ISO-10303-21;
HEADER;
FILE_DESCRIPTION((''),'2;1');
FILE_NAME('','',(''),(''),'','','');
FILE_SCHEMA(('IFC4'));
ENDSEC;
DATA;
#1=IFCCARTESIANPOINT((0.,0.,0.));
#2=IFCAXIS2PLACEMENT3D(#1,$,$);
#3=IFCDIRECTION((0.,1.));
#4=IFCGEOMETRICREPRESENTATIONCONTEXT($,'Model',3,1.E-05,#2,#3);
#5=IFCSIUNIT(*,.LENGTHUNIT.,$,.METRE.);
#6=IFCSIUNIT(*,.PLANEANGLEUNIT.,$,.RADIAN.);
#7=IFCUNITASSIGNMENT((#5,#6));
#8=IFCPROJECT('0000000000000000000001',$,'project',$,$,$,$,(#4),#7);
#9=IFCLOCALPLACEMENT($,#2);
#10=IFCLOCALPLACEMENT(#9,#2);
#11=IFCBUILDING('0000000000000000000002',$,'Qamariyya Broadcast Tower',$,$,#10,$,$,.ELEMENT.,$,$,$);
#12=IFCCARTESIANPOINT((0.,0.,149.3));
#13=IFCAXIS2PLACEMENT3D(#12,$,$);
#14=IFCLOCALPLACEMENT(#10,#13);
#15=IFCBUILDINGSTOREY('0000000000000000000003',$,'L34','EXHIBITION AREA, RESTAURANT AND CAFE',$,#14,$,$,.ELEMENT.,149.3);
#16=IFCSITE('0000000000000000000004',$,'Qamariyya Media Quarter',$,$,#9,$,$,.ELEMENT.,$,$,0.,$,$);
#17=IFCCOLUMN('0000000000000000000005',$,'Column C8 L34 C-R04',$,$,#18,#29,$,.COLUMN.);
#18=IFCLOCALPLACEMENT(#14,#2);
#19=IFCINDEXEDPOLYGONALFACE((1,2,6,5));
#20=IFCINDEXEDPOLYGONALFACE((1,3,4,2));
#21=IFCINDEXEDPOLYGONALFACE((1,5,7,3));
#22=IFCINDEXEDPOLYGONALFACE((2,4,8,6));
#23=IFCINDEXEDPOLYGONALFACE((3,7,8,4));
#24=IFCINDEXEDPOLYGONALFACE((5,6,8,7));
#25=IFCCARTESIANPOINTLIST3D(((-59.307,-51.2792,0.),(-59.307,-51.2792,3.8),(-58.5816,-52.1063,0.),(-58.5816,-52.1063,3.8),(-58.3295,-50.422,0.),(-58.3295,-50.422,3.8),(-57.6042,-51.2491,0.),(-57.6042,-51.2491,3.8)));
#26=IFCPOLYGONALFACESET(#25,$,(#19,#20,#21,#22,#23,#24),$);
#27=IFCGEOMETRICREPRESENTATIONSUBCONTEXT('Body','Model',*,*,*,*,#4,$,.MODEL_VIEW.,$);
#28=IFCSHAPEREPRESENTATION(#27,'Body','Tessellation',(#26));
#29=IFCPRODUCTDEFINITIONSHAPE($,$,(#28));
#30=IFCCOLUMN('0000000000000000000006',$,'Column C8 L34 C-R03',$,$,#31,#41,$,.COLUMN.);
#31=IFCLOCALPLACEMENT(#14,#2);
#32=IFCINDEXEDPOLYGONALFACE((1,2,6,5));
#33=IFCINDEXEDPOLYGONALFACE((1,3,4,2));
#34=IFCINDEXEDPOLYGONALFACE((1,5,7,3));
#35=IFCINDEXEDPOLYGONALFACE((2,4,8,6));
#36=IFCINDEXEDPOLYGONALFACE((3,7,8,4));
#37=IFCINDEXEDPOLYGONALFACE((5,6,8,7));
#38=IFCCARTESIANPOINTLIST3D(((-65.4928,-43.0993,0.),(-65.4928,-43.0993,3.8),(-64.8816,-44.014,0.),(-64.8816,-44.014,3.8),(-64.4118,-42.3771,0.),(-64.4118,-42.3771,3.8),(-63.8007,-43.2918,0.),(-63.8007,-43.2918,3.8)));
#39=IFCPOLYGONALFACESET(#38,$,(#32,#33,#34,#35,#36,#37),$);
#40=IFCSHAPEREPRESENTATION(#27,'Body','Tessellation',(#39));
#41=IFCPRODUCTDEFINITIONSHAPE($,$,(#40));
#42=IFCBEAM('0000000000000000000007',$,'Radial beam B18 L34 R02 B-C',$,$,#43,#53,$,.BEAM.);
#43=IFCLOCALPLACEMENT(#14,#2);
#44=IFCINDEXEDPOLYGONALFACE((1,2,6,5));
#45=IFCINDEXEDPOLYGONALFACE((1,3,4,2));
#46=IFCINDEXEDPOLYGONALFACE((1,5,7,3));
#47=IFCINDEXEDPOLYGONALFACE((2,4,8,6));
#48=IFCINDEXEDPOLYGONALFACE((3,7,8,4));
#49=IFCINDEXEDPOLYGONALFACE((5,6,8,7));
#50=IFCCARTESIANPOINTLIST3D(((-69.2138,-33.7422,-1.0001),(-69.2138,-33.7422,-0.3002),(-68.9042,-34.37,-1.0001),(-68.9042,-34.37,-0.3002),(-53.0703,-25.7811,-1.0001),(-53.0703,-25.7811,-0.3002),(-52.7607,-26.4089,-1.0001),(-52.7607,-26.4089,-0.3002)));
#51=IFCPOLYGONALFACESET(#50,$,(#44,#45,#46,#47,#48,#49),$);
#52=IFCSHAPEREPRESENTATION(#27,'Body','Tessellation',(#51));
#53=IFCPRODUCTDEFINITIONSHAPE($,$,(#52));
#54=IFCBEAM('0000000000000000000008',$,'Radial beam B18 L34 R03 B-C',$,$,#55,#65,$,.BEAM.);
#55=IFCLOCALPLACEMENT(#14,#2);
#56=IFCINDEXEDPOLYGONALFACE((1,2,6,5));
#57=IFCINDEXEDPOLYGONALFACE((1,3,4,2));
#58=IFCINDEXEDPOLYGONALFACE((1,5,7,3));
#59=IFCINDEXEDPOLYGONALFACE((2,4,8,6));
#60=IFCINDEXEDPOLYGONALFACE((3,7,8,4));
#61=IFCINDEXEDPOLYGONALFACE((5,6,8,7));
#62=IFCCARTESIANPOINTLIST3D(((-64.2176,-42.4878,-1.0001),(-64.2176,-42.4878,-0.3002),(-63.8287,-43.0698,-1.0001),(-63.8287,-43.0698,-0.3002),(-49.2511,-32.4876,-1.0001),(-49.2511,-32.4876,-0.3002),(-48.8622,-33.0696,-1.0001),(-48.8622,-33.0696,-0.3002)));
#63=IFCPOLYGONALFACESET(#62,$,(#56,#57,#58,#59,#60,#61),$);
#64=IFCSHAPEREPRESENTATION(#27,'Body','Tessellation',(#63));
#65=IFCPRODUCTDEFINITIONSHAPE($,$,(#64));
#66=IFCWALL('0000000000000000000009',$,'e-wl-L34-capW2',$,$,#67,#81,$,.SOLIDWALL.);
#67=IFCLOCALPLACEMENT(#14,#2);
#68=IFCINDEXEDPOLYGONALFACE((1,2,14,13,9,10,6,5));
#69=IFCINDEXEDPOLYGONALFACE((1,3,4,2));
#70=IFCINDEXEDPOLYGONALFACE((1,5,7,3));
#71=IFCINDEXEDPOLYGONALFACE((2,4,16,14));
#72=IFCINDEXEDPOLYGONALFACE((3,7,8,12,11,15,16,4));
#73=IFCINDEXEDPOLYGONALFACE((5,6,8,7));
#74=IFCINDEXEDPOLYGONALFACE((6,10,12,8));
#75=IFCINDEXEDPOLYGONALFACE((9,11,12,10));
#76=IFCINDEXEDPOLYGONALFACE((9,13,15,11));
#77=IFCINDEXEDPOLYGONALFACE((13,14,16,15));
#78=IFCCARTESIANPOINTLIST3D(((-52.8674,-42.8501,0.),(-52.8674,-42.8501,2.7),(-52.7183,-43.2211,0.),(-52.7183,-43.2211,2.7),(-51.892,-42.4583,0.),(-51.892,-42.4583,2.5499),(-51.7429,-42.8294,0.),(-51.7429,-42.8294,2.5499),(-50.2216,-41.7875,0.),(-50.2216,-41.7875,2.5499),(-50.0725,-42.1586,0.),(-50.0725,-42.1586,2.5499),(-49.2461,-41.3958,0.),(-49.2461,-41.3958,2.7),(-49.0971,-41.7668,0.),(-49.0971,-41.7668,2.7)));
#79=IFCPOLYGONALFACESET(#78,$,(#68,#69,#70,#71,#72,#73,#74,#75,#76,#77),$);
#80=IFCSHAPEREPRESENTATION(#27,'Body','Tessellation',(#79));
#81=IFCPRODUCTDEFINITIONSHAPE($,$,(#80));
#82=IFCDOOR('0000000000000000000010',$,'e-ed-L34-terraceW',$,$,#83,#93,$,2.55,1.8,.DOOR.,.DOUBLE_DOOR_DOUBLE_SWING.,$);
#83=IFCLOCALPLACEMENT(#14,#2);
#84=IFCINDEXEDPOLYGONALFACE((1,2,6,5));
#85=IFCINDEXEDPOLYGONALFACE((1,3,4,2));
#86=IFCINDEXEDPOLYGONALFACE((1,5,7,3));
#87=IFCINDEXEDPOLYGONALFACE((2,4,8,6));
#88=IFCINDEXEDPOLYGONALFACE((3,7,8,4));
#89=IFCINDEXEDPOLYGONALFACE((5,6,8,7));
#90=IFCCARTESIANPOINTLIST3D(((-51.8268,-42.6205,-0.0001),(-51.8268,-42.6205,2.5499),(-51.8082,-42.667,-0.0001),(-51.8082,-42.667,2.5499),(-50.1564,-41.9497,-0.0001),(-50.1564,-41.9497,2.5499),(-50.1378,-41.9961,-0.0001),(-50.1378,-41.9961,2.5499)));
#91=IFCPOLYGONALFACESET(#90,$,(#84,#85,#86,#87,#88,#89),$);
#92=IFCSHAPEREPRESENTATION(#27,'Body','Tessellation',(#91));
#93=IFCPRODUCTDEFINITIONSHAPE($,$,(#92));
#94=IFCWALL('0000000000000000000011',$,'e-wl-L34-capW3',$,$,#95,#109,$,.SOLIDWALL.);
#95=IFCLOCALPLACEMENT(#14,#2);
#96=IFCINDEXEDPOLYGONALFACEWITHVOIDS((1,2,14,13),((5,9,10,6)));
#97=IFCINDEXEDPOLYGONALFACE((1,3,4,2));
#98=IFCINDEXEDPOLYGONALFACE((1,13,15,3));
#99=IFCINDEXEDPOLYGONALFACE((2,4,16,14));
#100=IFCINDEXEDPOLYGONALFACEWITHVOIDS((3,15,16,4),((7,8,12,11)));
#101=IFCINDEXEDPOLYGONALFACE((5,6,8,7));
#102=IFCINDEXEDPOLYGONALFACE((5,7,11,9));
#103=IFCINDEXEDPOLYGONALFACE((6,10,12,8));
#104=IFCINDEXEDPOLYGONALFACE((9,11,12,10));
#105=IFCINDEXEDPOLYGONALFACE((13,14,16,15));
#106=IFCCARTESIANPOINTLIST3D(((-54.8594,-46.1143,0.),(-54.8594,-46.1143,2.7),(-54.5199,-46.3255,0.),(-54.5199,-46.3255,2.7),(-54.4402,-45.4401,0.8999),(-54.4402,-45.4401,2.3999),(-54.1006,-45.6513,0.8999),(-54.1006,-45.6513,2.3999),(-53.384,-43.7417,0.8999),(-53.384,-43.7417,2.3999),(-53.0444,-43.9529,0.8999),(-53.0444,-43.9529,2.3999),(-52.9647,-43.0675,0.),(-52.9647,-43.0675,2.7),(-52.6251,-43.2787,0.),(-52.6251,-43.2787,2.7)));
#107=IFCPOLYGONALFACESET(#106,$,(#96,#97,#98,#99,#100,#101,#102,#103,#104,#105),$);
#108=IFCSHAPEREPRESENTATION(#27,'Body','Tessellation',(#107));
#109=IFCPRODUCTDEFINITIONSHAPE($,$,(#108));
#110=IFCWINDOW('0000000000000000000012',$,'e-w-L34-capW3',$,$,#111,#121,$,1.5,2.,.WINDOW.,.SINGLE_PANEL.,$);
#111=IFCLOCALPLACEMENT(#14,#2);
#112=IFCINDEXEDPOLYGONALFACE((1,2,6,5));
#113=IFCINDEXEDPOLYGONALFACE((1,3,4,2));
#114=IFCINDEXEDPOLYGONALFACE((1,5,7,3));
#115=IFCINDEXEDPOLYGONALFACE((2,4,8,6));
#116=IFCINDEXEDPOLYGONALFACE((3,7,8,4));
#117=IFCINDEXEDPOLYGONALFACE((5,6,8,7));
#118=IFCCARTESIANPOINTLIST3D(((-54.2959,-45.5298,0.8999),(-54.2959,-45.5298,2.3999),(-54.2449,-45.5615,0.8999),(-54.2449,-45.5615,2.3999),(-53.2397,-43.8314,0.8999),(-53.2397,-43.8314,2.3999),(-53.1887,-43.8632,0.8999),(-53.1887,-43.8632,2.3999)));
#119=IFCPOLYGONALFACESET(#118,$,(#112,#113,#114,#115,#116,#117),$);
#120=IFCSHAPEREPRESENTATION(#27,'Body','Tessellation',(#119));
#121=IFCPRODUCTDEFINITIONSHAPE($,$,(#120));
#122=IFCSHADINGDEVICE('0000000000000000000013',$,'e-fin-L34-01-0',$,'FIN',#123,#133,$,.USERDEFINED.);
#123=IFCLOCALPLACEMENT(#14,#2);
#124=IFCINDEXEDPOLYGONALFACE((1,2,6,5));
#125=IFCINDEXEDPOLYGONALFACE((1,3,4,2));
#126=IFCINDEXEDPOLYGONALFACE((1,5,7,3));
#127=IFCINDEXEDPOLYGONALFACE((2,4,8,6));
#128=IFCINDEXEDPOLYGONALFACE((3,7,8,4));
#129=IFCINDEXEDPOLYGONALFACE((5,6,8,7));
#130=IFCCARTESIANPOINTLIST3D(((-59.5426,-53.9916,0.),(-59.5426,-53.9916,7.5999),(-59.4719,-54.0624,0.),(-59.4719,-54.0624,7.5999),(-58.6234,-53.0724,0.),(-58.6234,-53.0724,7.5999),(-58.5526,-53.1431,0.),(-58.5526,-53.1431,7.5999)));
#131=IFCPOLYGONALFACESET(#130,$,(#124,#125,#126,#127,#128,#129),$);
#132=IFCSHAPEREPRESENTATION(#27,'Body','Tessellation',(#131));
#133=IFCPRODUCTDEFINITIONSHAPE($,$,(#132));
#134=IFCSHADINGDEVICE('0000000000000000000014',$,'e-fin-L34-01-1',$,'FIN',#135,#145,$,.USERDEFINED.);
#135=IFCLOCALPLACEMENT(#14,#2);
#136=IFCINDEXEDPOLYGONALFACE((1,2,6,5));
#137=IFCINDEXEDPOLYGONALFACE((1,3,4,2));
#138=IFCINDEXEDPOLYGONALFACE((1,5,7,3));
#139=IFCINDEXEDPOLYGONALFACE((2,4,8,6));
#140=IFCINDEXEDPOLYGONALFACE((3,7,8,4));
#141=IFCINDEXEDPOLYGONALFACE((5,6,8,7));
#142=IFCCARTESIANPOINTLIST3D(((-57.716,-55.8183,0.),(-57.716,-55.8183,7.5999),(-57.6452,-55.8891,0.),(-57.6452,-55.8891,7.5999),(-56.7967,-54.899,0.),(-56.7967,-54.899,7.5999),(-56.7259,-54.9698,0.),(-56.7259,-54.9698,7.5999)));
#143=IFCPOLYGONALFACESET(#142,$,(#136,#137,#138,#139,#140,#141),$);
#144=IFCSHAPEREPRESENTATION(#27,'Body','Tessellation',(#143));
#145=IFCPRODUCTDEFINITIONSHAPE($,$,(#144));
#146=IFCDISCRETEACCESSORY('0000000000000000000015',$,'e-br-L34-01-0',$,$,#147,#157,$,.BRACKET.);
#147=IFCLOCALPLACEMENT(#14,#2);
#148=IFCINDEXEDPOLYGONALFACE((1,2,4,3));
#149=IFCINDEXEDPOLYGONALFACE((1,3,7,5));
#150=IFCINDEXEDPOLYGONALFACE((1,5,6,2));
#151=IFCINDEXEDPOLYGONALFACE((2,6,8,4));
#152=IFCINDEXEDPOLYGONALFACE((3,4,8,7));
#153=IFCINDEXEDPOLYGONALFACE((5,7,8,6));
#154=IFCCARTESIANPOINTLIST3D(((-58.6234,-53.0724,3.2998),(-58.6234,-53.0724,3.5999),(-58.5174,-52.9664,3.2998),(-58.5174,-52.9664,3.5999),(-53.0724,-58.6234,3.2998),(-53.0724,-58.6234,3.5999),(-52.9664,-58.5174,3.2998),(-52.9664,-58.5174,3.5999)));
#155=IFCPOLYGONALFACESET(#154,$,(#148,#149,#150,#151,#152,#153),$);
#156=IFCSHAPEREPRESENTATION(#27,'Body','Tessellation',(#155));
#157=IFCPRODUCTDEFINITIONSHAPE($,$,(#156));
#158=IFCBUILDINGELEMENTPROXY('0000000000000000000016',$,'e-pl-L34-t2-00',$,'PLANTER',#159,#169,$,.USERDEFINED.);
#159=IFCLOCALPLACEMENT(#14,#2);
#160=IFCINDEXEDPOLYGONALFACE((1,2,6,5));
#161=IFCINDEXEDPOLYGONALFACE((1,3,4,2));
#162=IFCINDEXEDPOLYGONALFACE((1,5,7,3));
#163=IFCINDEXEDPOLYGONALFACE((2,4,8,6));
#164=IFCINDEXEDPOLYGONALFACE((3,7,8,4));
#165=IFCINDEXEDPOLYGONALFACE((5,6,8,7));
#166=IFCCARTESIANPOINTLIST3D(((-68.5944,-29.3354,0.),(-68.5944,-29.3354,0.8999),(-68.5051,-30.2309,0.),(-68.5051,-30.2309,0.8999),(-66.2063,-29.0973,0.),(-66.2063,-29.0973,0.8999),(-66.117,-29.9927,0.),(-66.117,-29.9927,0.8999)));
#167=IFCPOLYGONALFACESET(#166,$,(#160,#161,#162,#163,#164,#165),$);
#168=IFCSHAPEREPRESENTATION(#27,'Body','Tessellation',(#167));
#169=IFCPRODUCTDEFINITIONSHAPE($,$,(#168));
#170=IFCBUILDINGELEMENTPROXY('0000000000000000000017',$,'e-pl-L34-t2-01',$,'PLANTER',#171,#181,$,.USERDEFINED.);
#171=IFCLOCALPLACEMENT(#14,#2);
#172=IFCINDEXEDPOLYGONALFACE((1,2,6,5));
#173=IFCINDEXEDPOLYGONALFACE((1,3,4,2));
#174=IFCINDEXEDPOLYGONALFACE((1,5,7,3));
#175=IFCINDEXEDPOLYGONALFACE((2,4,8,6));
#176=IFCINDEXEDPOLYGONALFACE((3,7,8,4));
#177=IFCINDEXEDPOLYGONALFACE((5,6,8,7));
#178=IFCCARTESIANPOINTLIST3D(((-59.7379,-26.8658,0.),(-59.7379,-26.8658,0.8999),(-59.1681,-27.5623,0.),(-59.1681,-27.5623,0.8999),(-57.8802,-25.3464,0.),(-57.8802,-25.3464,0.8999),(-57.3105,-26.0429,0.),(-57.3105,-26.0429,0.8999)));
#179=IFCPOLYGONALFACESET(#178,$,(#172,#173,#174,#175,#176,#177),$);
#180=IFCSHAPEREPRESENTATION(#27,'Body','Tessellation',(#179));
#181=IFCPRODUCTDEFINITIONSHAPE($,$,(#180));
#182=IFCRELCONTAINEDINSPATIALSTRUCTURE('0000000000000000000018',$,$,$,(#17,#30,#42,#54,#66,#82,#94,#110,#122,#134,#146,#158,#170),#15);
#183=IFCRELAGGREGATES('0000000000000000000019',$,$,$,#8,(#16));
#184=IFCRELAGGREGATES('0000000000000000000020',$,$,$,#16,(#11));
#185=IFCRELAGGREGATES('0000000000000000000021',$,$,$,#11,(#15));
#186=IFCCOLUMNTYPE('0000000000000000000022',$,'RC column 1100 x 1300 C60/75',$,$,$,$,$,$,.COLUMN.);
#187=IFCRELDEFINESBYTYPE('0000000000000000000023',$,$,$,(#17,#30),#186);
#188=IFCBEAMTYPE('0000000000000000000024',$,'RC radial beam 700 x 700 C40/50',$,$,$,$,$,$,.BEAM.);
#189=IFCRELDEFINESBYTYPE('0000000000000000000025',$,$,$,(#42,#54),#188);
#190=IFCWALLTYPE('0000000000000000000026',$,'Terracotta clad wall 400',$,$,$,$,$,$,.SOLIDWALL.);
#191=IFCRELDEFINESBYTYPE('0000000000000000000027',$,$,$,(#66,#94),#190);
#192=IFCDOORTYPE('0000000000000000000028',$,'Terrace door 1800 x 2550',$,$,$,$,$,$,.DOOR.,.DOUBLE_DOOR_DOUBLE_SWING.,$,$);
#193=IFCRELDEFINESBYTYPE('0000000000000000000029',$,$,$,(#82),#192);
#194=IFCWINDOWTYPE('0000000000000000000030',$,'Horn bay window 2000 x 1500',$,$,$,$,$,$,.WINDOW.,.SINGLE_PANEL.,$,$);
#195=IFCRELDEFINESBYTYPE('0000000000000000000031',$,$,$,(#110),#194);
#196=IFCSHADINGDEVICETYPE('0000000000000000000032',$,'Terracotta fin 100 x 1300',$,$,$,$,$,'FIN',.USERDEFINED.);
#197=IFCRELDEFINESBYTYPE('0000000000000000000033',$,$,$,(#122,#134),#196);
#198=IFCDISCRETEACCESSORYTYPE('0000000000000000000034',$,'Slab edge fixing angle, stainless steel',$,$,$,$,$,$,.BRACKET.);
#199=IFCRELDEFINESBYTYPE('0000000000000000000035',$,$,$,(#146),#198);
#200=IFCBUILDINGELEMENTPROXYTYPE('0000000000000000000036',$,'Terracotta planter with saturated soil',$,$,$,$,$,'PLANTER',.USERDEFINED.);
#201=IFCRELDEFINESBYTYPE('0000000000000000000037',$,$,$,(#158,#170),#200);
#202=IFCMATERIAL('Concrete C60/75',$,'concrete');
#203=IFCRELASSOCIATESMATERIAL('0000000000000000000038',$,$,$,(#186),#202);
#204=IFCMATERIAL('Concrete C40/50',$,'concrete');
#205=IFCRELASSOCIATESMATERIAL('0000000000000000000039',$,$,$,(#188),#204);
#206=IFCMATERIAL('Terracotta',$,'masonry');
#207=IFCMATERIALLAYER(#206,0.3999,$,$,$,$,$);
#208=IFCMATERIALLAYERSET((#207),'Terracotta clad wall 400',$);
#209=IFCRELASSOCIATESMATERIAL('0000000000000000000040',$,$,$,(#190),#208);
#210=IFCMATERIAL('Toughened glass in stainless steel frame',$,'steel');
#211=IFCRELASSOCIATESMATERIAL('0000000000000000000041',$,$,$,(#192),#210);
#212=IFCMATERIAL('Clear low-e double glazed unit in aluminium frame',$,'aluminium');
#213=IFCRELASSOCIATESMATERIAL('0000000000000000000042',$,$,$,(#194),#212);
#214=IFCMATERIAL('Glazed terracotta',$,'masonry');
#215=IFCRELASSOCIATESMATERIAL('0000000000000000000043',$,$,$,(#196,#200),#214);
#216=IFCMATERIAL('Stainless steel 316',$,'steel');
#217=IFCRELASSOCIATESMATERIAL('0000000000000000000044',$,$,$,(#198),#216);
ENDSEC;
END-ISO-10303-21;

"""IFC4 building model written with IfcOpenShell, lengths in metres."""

from ifc_helpers import new_model, si_unit, direction, frame, frame_2d, origin, origin_2d, place, context, subcontext, project, spatial, rectangle, extrude, material, layer, layer_set, material_profile, profile_set, type_object, element, fill, save


model = new_model("IFC4")

# Units and contexts
model_context = context("Model", 3, precision=1e-05, world=origin(), true_north=direction((0.0, 1.0)))
body_context = subcontext(model_context, "Body", "Model", "MODEL_VIEW")
ifc_project = project(units=[si_unit("LENGTHUNIT", "METRE"), si_unit("PLANEANGLEUNIT", "RADIAN")], contexts=[model_context])

# Site, building, storey
site_placement = place(None, origin())
site = spatial("IfcSite", under=ifc_project, at=site_placement, Name="Qamariyya Media Quarter", CompositionType="ELEMENT", RefElevation=0.0)
building_placement = place(site_placement, origin())
building = spatial("IfcBuilding", under=site, at=building_placement, Name="Qamariyya Broadcast Tower", CompositionType="ELEMENT")
storey_placement = place(building_placement, frame((0.0, 0.0, 149.3)))
storey = spatial("IfcBuildingStorey", under=building, at=storey_placement, Name="L34", Description="EXHIBITION AREA, RESTAURANT AND CAFE", CompositionType="ELEMENT", Elevation=149.3)

# Columns
ifc_material_1 = material(Name="Concrete C60/75", Category="concrete")
ifc_material_profile_1 = material_profile(ifc_material_1, rectangle(XDim=1.1001, YDim=1.3, at=origin_2d()))
ifc_profile_set_1 = profile_set([ifc_material_profile_1], Name="Concrete C60/75")
column_type = type_object("IfcColumnType", Name="RC column 1100 x 1300 C60/75", PredefinedType="COLUMN", material=ifc_profile_set_1)
for number, where, z_axis, x_axis, name in (
    (1, (-58.4556, -51.2642, 0.0), (0.0, 0.0, 1.0), (0.659346, -0.75184, 0.0), "Column C8 L34 C-R04"),
    (2, (-64.6467, -43.1956, 0.0), (0.0, 0.0, 1.0), (0.55557, -0.83147, 0.0), "Column C8 L34 C-R03"),
):
    element("IfcColumn", number, at=place(storey_placement, frame(where, z_axis=z_axis, x_axis=x_axis)), inside=storey, type_object=column_type, Name=name, PredefinedType="COLUMN", context=body_context, shape_type="SweptSolid", body=[
        extrude(rectangle(XDim=1.1001, YDim=1.3, at=origin_2d()), origin(), (0.0, 0.0, 1.0), 3.8),
    ])

# Beams
ifc_material_2 = material(Name="Concrete C40/50", Category="concrete")
ifc_material_profile_2 = material_profile(ifc_material_2, rectangle(XDim=0.7, YDim=0.7, at=origin_2d()))
ifc_profile_set_2 = profile_set([ifc_material_profile_2], Name="Concrete C40/50")
beam_type = type_object("IfcBeamType", Name="RC radial beam 700 x 700 C40/50", PredefinedType="BEAM", material=ifc_profile_set_2)
beam_1_placement = place(storey_placement, frame((-52.9155, -26.095, -0.6501), z_axis=(-0.896871, -0.442291, 0.0), x_axis=(0.442291, -0.896871, 0.0)))
element("IfcBeam", 3, at=beam_1_placement, inside=storey, type_object=beam_type, Name="Radial beam B18 L34 R02 B-C", PredefinedType="BEAM", context=body_context, shape_type="SweptSolid", body=[
    extrude(rectangle(XDim=0.7, YDim=0.7, at=origin_2d()), origin(), (0.0, 0.0, 1.0), 17.9998),
])
beam_2_placement = place(storey_placement, frame((-49.0566, -32.7786, -0.6501), z_axis=(-0.831472, -0.555567, 0.0), x_axis=(0.555567, -0.831472, 0.0)))
element("IfcBeam", 4, at=beam_2_placement, inside=storey, type_object=beam_type, Name="Radial beam B18 L34 R03 B-C", PredefinedType="BEAM", context=body_context, shape_type="SweptSolid", body=[
    extrude(rectangle(XDim=0.7, YDim=0.7, at=origin_2d()), origin(), (0.0, 0.0, 1.0), 18.0),
])

# Wall, opening, door
ifc_material_3 = material(Name="Terracotta", Category="masonry")
ifc_layer = layer(ifc_material_3, 0.3999)
ifc_layer_set = layer_set([ifc_layer], Name="Terracotta clad wall 400")
wall_type = type_object("IfcWallType", Name="Terracotta clad wall 400", PredefinedType="SOLIDWALL", material=ifc_layer_set)
wall_1_placement = place(storey_placement, frame((-49.1716, -41.5813, 0.0), z_axis=(0.0, 0.0, 1.0), x_axis=(-0.927962, -0.372674, 0.0)))
wall_1 = element("IfcWall", 5, at=wall_1_placement, inside=storey, type_object=wall_type, Name="e-wl-L34-capW2", PredefinedType="SOLIDWALL", context=body_context, shape_type="SweptSolid", body=[
    extrude(rectangle(XDim=3.9023, YDim=0.3999, at=frame_2d((1.9512, 0.0))), origin(), (0.0, 0.0, 1.0), 2.7),
])
opening_1_placement = place(wall_1_placement, frame((1.0513, 0.0, 0.0)))
opening_1 = element("IfcOpeningElement", 6, at=opening_1_placement, cuts=wall_1, PredefinedType="OPENING", context=body_context, shape_type="SweptSolid", body=[
    extrude(rectangle(XDim=1.8, YDim=2.55, at=frame_2d((0.8999, 1.2749))), frame((0.0, 0.21, 0.0), z_axis=(0.0, -1.0, 0.0), x_axis=(1.0, 0.0, 0.0)), (0.0, 0.0, 1.0), 0.4199),
])
ifc_material_4 = material(Name="Toughened glass in stainless steel frame", Category="steel")
door_type = type_object("IfcDoorType", Name="Terrace door 1800 x 2550", OperationType="DOUBLE_DOOR_DOUBLE_SWING", PredefinedType="DOOR", material=ifc_material_4)
door_placement = place(opening_1_placement, origin())
door = element("IfcDoor", 7, at=door_placement, inside=storey, type_object=door_type, Name="e-ed-L34-terraceW", OperationType="DOUBLE_DOOR_DOUBLE_SWING", OverallHeight=2.55, OverallWidth=1.8, PredefinedType="DOOR", context=body_context, shape_type="SweptSolid", body=[
    extrude(rectangle(XDim=1.8, YDim=2.55, at=frame_2d((0.8999, 1.2749))), frame((0.0, 0.0249, 0.0), z_axis=(0.0, -1.0, 0.0), x_axis=(1.0, 0.0, 0.0)), (0.0, 0.0, 1.0), 0.05),
])
fill(opening_1, door)

# Wall, opening, window
wall_2_placement = place(storey_placement, frame((-52.7949, -43.1731, 0.0), z_axis=(0.0, 0.0, 1.0), x_axis=(-0.528089, -0.849189, 0.0)))
wall_2 = element("IfcWall", 8, at=wall_2_placement, inside=storey, type_object=wall_type, Name="e-wl-L34-capW3", PredefinedType="SOLIDWALL", context=body_context, shape_type="SweptSolid", body=[
    extrude(rectangle(XDim=3.5879, YDim=0.3999, at=frame_2d((1.7939, 0.0))), origin(), (0.0, 0.0, 1.0), 2.7),
])
opening_2_placement = place(wall_2_placement, frame((0.7939, 0.0, 0.8999)))
opening_2 = element("IfcOpeningElement", 9, at=opening_2_placement, cuts=wall_2, PredefinedType="OPENING", context=body_context, shape_type="SweptSolid", body=[
    extrude(rectangle(XDim=2.0, YDim=1.5, at=frame_2d((1.0, 0.75))), frame((0.0, 0.21, 0.0), z_axis=(0.0, -1.0, 0.0), x_axis=(1.0, 0.0, 0.0)), (0.0, 0.0, 1.0), 0.4199),
])
ifc_material_5 = material(Name="Clear low-e double glazed unit in aluminium frame", Category="aluminium")
window_type = type_object("IfcWindowType", Name="Horn bay window 2000 x 1500", PartitioningType="SINGLE_PANEL", PredefinedType="WINDOW", material=ifc_material_5)
window_placement = place(opening_2_placement, origin())
window = element("IfcWindow", 10, at=window_placement, inside=storey, type_object=window_type, Name="e-w-L34-capW3", OverallHeight=1.5, OverallWidth=2.0, PartitioningType="SINGLE_PANEL", PredefinedType="WINDOW", context=body_context, shape_type="SweptSolid", body=[
    extrude(rectangle(XDim=2.0, YDim=1.5, at=frame_2d((1.0, 0.75))), frame((0.0, 0.03, 0.0), z_axis=(0.0, -1.0, 0.0), x_axis=(1.0, 0.0, 0.0)), (0.0, 0.0, 1.0), 0.0601),
])
fill(opening_2, window)

# Shading devices
ifc_material_6 = material(Name="Glazed terracotta", Category="masonry")
ifc_material_profile_3 = material_profile(ifc_material_6, rectangle(XDim=1.3, YDim=0.1001, at=origin_2d()))
ifc_profile_set_3 = profile_set([ifc_material_profile_3], Name="Glazed terracotta")
shading_device_type_1 = type_object("IfcShadingDeviceType", Name="Terracotta fin 100 x 1300", ElementType="FIN", PredefinedType="USERDEFINED", material=ifc_profile_set_3)
for number, where, z_axis, x_axis, name in (
    (11, (-59.0476, -53.5674, 0.0), (0.0, 0.0, 1.0), (-0.707107, -0.707107, 0.0), "e-fin-L34-01-0"),
    (12, (-57.2209, -55.394, 0.0), (0.0, 0.0, 1.0), (-0.707107, -0.707107, 0.0), "e-fin-L34-01-1"),
):
    element("IfcShadingDevice", number, at=place(storey_placement, frame(where, z_axis=z_axis, x_axis=x_axis)), inside=storey, type_object=shading_device_type_1, Name=name, ObjectType="FIN", PredefinedType="USERDEFINED", context=body_context, shape_type="SweptSolid", body=[
        extrude(rectangle(XDim=1.3, YDim=0.1001, at=origin_2d()), origin(), (0.0, 0.0, 1.0), 7.5999),
    ])

# Discrete accessory
ifc_material_7 = material(Name="Stainless steel 316", Category="steel")
discrete_accessory_type = type_object("IfcDiscreteAccessoryType", Name="Slab edge fixing angle, stainless steel", PredefinedType="BRACKET", material=ifc_material_7)
discrete_accessory_placement = place(storey_placement, frame((-55.7949, -55.7949, 3.2998), z_axis=(0.0, 0.0, 1.0), x_axis=(0.707107, -0.707107, 0.0)))
element("IfcDiscreteAccessory", 13, at=discrete_accessory_placement, inside=storey, type_object=discrete_accessory_type, Name="e-br-L34-01-0", PredefinedType="BRACKET", context=body_context, shape_type="SweptSolid", body=[
    extrude(rectangle(XDim=7.8503, YDim=0.1499, at=origin_2d()), origin(), (0.0, 0.0, 1.0), 0.3),
])

# Building element proxies
building_element_proxy_type = type_object("IfcBuildingElementProxyType", Name="Terracotta planter with saturated soil", ElementType="PLANTER", PredefinedType="USERDEFINED", material=ifc_material_6)
for number, where, z_axis, x_axis, name in (
    (14, (-67.3557, -29.6641, 0.0), (0.0, 0.0, 1.0), (0.995065, 0.099226, 0.0), "e-pl-L34-t2-00"),
    (15, (-58.5242, -26.4543, 0.0), (0.0, 0.0, 1.0), (0.774059, 0.633113, 0.0), "e-pl-L34-t2-01"),
):
    element("IfcBuildingElementProxy", number, at=place(storey_placement, frame(where, z_axis=z_axis, x_axis=x_axis)), inside=storey, type_object=building_element_proxy_type, Name=name, ObjectType="PLANTER", PredefinedType="USERDEFINED", context=body_context, shape_type="SweptSolid", body=[
        extrude(rectangle(XDim=2.3999, YDim=0.8999, at=origin_2d()), origin(), (0.0, 0.0, 1.0), 0.8999),
    ])

save(model, "model.ifc")
